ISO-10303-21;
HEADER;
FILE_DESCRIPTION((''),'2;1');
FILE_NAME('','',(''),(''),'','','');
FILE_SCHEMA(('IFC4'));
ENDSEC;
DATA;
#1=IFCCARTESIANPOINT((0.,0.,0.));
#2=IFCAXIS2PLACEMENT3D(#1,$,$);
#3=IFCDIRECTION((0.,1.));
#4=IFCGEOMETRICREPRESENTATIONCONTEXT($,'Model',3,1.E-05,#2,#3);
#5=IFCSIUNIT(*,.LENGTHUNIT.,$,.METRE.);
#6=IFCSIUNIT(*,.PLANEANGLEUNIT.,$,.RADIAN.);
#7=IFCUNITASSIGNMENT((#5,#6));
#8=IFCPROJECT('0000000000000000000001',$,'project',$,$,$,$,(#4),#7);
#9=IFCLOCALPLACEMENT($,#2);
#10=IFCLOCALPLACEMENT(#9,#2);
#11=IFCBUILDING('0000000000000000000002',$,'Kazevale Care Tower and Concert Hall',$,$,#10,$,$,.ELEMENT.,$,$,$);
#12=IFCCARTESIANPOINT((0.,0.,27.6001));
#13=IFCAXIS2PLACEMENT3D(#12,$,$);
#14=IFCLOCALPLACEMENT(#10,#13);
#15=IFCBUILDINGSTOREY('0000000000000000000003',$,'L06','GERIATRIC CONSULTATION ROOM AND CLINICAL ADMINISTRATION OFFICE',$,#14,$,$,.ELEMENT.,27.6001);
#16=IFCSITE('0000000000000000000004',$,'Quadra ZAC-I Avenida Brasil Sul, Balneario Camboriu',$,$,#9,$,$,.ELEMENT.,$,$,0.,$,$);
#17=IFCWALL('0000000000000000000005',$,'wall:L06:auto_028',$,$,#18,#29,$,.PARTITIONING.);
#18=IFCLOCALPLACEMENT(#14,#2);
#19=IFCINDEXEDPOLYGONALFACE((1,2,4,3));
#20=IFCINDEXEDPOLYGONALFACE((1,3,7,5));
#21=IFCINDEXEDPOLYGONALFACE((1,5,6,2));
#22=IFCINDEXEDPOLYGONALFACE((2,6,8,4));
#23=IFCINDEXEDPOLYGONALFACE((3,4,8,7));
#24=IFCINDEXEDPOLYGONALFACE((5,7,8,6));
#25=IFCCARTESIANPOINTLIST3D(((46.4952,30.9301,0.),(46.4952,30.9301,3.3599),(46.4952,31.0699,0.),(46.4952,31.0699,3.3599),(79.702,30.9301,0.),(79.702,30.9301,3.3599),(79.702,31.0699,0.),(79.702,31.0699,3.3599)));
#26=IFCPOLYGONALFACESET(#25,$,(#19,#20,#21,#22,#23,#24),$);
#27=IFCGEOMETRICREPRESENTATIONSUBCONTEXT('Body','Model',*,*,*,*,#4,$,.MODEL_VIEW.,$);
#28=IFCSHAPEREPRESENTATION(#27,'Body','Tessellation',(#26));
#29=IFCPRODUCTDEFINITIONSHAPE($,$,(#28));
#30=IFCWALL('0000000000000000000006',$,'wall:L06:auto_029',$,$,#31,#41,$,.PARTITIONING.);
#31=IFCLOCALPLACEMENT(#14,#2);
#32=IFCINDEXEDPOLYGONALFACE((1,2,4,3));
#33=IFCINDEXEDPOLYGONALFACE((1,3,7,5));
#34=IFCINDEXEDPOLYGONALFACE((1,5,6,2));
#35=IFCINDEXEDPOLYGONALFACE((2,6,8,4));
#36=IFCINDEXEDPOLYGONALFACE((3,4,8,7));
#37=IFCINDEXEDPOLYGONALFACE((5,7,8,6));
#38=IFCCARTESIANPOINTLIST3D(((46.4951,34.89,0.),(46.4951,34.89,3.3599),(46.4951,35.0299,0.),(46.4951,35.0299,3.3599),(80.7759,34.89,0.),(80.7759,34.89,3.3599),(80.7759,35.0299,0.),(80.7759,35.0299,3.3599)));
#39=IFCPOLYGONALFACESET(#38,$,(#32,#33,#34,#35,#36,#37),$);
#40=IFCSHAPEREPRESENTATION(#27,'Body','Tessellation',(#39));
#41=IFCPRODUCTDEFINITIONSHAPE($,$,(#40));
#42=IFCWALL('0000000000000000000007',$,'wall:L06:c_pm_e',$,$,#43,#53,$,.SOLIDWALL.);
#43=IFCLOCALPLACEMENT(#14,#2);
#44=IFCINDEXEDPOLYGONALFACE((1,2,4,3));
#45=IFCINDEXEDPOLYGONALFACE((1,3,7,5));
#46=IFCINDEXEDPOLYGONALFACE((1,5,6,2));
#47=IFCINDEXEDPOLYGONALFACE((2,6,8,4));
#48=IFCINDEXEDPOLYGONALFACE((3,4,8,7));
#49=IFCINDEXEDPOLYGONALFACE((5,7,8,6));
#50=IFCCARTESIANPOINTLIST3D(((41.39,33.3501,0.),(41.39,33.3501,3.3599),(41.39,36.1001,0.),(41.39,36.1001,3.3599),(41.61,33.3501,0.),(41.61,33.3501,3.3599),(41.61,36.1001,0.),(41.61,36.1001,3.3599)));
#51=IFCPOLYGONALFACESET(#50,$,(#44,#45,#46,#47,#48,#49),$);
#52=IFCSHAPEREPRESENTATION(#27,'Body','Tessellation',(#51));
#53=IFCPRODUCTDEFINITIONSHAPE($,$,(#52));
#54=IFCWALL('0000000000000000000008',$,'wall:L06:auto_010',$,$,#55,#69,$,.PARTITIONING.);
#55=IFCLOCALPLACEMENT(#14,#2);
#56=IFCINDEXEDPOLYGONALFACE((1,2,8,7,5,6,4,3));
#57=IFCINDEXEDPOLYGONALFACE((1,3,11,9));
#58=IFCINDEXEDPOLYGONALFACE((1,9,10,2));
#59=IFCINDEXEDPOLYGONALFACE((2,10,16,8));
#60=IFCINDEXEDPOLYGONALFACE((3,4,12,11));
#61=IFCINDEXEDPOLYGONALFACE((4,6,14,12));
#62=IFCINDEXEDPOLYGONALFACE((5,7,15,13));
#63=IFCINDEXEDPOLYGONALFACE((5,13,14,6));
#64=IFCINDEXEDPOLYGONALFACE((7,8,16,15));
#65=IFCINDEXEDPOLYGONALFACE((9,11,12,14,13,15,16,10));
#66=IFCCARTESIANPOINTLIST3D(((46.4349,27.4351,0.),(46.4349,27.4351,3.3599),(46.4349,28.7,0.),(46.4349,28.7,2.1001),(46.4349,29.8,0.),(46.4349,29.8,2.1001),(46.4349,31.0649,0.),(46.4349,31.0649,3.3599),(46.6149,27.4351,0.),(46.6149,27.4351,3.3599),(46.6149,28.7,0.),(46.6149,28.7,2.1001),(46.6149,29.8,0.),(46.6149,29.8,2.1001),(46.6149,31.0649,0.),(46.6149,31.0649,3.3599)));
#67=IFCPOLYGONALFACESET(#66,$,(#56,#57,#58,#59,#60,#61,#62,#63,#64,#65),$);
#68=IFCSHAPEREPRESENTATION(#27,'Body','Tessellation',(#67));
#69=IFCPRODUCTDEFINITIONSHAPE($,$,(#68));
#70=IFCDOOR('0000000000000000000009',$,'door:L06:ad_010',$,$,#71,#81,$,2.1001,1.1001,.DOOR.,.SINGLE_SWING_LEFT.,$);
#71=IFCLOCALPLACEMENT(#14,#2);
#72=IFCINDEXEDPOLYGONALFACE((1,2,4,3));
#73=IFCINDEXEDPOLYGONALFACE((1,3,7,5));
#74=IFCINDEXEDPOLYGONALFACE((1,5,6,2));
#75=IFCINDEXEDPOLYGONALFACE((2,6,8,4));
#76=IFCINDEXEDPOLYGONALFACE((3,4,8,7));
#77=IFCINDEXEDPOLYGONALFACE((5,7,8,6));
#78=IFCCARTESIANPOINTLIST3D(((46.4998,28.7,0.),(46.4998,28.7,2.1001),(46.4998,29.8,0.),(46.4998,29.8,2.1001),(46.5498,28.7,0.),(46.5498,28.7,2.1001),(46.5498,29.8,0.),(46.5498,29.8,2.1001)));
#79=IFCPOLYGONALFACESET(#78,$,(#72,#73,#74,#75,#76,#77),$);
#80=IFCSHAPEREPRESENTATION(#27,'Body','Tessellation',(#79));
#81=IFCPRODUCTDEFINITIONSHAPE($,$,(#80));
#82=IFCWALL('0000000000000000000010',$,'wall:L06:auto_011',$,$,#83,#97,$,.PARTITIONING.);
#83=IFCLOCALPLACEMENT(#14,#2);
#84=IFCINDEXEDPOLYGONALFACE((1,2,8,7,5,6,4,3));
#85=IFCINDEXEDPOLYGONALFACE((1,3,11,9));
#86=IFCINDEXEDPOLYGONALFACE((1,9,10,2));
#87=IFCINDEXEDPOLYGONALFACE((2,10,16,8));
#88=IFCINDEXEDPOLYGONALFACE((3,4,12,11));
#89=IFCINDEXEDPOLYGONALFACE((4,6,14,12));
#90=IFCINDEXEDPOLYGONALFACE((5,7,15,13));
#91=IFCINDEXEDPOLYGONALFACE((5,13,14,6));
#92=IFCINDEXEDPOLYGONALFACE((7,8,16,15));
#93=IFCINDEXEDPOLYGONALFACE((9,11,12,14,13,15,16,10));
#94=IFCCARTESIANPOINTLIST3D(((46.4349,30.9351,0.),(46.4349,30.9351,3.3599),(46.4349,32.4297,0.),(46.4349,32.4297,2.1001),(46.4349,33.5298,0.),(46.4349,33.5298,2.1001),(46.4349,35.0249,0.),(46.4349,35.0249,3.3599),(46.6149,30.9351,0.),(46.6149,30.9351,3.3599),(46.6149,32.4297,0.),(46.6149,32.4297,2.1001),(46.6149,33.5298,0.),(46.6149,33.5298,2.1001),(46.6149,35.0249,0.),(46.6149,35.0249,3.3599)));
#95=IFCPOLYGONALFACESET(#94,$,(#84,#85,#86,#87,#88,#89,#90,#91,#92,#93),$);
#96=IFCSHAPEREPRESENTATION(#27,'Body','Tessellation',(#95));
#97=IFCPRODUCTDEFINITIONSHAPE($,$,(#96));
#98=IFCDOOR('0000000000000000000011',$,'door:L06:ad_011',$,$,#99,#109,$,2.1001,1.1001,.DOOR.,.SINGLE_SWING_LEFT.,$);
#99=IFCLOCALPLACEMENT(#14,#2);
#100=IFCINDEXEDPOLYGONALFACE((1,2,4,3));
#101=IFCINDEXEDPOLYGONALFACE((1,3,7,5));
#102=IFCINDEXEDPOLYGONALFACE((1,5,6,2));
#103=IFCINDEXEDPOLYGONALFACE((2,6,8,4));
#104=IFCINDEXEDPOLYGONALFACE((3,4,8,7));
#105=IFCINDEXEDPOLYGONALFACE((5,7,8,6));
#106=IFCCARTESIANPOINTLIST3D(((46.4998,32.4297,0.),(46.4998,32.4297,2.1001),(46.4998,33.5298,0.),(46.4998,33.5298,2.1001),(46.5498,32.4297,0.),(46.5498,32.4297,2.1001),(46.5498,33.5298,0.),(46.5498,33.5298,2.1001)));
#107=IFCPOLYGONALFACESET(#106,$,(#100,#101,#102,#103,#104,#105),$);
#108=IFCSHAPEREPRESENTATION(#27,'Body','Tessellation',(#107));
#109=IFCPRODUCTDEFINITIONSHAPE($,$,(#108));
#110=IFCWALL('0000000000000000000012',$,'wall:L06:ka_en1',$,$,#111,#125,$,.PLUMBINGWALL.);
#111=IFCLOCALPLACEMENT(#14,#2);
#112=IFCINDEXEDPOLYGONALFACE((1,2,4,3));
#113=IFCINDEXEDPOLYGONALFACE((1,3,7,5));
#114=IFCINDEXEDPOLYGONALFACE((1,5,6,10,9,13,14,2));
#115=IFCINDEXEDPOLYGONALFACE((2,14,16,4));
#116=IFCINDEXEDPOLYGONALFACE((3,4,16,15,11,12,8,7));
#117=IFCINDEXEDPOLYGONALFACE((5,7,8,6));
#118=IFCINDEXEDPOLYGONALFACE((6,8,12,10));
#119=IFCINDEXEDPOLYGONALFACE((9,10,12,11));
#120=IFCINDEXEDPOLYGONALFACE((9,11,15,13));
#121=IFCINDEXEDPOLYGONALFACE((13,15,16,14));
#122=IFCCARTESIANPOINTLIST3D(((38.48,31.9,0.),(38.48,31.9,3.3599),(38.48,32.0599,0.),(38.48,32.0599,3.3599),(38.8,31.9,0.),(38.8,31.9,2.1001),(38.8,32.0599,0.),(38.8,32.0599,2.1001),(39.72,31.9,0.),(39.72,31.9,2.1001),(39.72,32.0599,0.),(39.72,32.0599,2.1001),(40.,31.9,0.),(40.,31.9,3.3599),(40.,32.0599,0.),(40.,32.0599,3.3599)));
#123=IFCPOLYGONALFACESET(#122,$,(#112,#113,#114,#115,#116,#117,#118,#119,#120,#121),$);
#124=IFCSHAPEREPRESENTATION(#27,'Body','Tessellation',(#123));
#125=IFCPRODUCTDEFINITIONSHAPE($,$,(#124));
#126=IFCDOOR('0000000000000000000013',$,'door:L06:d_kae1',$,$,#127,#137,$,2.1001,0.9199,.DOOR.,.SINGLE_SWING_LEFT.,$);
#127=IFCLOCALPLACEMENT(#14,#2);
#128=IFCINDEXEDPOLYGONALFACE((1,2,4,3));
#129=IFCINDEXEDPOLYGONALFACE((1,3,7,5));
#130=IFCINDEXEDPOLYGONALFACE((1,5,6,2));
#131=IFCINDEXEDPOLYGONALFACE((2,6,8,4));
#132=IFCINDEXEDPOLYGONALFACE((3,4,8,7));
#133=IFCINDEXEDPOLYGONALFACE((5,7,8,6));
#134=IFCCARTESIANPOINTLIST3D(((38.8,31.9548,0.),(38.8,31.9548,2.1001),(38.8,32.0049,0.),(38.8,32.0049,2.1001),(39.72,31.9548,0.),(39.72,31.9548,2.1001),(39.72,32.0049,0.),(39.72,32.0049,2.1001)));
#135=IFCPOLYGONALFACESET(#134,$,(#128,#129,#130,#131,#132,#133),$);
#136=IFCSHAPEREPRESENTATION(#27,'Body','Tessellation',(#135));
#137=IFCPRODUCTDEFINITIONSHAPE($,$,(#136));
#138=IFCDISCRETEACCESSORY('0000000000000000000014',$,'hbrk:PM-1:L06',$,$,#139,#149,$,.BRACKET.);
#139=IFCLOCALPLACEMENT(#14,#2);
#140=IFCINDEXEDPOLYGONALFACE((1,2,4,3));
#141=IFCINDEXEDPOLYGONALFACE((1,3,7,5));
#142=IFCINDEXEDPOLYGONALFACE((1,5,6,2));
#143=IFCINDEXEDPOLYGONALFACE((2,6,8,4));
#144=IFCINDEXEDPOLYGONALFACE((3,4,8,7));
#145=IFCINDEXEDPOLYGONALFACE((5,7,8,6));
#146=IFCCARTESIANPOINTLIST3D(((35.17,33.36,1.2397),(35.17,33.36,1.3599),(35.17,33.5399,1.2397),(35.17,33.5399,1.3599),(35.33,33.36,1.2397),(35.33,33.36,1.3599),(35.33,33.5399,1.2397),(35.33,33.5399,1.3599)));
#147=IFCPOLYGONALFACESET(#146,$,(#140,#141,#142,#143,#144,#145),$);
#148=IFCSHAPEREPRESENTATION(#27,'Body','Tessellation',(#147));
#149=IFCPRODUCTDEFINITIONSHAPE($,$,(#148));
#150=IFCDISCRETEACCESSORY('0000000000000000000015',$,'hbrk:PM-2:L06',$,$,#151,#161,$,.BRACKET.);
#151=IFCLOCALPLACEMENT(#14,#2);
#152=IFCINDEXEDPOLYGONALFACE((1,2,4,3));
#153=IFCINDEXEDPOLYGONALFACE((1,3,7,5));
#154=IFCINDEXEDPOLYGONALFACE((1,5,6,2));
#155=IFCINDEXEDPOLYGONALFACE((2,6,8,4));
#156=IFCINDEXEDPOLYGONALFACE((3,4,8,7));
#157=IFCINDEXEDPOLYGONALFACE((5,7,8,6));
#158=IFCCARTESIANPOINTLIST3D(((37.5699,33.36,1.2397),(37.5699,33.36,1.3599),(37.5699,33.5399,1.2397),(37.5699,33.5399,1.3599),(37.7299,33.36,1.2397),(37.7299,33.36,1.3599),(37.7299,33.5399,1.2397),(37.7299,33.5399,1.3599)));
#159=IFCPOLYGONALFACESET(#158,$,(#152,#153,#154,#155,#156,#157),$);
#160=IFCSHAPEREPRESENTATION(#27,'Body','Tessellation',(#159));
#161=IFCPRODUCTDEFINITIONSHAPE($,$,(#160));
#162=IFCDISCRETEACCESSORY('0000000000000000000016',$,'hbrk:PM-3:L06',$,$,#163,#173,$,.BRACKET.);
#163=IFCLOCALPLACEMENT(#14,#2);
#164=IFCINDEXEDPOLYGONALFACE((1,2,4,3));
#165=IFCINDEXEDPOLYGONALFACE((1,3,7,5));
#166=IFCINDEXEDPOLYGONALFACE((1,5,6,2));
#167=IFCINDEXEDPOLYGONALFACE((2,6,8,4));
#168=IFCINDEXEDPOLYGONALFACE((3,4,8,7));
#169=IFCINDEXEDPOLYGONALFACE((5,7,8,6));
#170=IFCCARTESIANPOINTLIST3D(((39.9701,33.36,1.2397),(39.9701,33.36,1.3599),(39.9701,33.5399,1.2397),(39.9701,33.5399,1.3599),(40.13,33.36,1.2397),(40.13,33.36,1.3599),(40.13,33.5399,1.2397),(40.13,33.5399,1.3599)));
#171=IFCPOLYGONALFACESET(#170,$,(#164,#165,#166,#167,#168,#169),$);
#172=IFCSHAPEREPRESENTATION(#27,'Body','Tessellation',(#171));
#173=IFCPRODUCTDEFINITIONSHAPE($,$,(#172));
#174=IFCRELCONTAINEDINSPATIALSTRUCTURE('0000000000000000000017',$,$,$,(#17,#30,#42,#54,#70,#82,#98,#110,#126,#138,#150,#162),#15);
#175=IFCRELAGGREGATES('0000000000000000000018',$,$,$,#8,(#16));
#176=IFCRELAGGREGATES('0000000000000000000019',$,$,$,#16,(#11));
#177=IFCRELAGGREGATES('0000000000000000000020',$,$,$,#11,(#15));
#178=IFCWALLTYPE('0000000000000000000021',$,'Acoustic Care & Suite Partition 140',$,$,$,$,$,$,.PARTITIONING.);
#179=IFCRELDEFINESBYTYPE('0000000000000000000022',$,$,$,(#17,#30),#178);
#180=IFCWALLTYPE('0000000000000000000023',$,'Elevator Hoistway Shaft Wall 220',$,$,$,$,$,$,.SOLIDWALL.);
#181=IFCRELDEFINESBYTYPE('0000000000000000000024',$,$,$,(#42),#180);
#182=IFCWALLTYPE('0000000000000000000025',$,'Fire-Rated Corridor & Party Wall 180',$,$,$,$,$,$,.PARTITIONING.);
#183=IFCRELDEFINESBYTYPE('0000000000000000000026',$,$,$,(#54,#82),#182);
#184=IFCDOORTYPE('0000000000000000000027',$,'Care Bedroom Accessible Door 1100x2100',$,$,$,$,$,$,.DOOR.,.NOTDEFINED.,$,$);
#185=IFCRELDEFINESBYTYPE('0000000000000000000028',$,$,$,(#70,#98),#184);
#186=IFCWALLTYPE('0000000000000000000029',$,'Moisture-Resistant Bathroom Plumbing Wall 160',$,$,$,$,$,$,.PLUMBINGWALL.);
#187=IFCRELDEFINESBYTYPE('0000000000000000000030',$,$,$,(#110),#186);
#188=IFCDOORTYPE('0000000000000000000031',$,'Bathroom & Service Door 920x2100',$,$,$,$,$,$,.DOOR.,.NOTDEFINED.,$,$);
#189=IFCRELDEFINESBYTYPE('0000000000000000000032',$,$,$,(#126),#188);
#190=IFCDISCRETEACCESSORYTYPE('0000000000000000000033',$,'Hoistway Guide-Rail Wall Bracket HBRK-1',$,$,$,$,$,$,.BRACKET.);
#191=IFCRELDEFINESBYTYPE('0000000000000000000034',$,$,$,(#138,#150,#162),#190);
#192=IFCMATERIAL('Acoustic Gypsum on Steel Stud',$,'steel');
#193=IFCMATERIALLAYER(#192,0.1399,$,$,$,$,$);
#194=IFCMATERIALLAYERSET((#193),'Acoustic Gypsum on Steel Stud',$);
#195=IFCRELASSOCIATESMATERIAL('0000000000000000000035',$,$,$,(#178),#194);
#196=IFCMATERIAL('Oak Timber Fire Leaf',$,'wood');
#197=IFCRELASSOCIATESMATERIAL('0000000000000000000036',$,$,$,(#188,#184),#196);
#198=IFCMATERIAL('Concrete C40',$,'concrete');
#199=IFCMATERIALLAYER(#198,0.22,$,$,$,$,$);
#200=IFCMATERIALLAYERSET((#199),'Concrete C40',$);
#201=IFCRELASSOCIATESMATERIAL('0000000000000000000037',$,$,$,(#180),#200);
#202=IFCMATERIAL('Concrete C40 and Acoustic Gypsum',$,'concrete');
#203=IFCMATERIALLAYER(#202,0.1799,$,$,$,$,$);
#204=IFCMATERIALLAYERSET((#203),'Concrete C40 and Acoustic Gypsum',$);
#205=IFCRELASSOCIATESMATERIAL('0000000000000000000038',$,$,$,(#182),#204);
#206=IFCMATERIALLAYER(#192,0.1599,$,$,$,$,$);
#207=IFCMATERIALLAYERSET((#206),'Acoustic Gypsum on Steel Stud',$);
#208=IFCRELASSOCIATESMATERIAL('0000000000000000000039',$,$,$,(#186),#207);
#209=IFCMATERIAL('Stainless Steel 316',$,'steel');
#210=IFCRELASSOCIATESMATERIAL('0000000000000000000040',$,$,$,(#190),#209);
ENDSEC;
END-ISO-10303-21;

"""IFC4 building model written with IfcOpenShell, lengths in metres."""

from ifc_helpers import new_model, si_unit, direction, frame, frame_2d, origin, origin_2d, place, context, subcontext, project, spatial, rectangle, extrude, material, layer, layer_set, type_object, element, fill, save


model = new_model("IFC4")

# Units and contexts
model_context = context("Model", 3, precision=1e-05, world=origin(), true_north=direction((0.0, 1.0)))
body_context = subcontext(model_context, "Body", "Model", "MODEL_VIEW")
ifc_project = project(units=[si_unit("LENGTHUNIT", "METRE"), si_unit("PLANEANGLEUNIT", "RADIAN")], contexts=[model_context])

# Site, building, storey
site_placement = place(None, origin())
site = spatial("IfcSite", under=ifc_project, at=site_placement, Name="Quadra ZAC-I Avenida Brasil Sul, Balneario Camboriu", CompositionType="ELEMENT", RefElevation=0.0)
building_placement = place(site_placement, origin())
building = spatial("IfcBuilding", under=site, at=building_placement, Name="Kazevale Care Tower and Concert Hall", CompositionType="ELEMENT")
storey_placement = place(building_placement, frame((0.0, 0.0, 27.6001)))
storey = spatial("IfcBuildingStorey", under=building, at=storey_placement, Name="L06", Description="GERIATRIC CONSULTATION ROOM AND CLINICAL ADMINISTRATION OFFICE", CompositionType="ELEMENT", Elevation=27.6001)

# Shared definitions
ifc_material_1 = material(Name="Acoustic Gypsum on Steel Stud", Category="steel")
ifc_layer_1 = layer(ifc_material_1, 0.1399)
ifc_layer_set_1 = layer_set([ifc_layer_1], Name="Acoustic Gypsum on Steel Stud")
wall_type_1 = type_object("IfcWallType", Name="Acoustic Care & Suite Partition 140", PredefinedType="PARTITIONING", material=ifc_layer_set_1)
ifc_material_2 = material(Name="Oak Timber Fire Leaf", Category="wood")
door_type_1 = type_object("IfcDoorType", Name="Bathroom & Service Door 920x2100", OperationType="NOTDEFINED", PredefinedType="DOOR", material=ifc_material_2)

# Walls
wall_1_placement = place(storey_placement, frame((46.4951, 31.0, 0.0), z_axis=(0.0, 0.0, 1.0), x_axis=(1.0, 0.0, 0.0)))
element("IfcWall", 1, at=wall_1_placement, inside=storey, type_object=wall_type_1, Name="wall:L06:auto_028", PredefinedType="PARTITIONING", context=body_context, shape_type="SweptSolid", body=[
    extrude(rectangle(XDim=33.2068, YDim=0.1399, at=frame_2d((16.6035, 0.0))), origin(), (0.0, 0.0, 1.0), 3.3599),
])
wall_2_placement = place(storey_placement, frame((46.4951, 34.96, 0.0), z_axis=(0.0, 0.0, 1.0), x_axis=(1.0, 0.0, 0.0)))
element("IfcWall", 2, at=wall_2_placement, inside=storey, type_object=wall_type_1, Name="wall:L06:auto_029", PredefinedType="PARTITIONING", context=body_context, shape_type="SweptSolid", body=[
    extrude(rectangle(XDim=34.2808, YDim=0.1399, at=frame_2d((17.1404, 0.0))), origin(), (0.0, 0.0, 1.0), 3.3599),
])
ifc_material_3 = material(Name="Concrete C40", Category="concrete")
ifc_layer_2 = layer(ifc_material_3, 0.22)
ifc_layer_set_2 = layer_set([ifc_layer_2], Name="Concrete C40")
wall_type_2 = type_object("IfcWallType", Name="Elevator Hoistway Shaft Wall 220", PredefinedType="SOLIDWALL", material=ifc_layer_set_2)
wall_3_placement = place(storey_placement, frame((41.5, 33.3501, 0.0), z_axis=(0.0, 0.0, 1.0), x_axis=(0.0, 1.0, 0.0)))
element("IfcWall", 3, at=wall_3_placement, inside=storey, type_object=wall_type_2, Name="wall:L06:c_pm_e", PredefinedType="SOLIDWALL", context=body_context, shape_type="SweptSolid", body=[
    extrude(rectangle(XDim=2.75, YDim=0.22, at=frame_2d((1.375, 0.0))), origin(), (0.0, 0.0, 1.0), 3.3599),
])

# Walls, openings, doors
ifc_material_4 = material(Name="Concrete C40 and Acoustic Gypsum", Category="concrete")
ifc_layer_3 = layer(ifc_material_4, 0.1799)
ifc_layer_set_3 = layer_set([ifc_layer_3], Name="Concrete C40 and Acoustic Gypsum")
wall_type_3 = type_object("IfcWallType", Name="Fire-Rated Corridor & Party Wall 180", PredefinedType="PARTITIONING", material=ifc_layer_set_3)
wall_4_placement = place(storey_placement, frame((46.5249, 31.0649, 0.0), z_axis=(0.0, 0.0, 1.0), x_axis=(0.0, -1.0, 0.0)))
wall_4 = element("IfcWall", 4, at=wall_4_placement, inside=storey, type_object=wall_type_3, Name="wall:L06:auto_010", PredefinedType="PARTITIONING", context=body_context, shape_type="SweptSolid", body=[
    extrude(rectangle(XDim=3.6299, YDim=0.1799, at=frame_2d((1.8149, 0.0))), origin(), (0.0, 0.0, 1.0), 3.3599),
])
opening_1_placement = place(wall_4_placement, frame((1.2649, 0.0, 0.0)))
opening_1 = element("IfcOpeningElement", 5, at=opening_1_placement, cuts=wall_4, PredefinedType="OPENING", context=body_context, shape_type="SweptSolid", body=[
    extrude(rectangle(XDim=1.1001, YDim=2.1001, at=frame_2d((0.55, 1.05))), frame((0.0, 0.0999, 0.0), z_axis=(0.0, -1.0, 0.0), x_axis=(1.0, 0.0, 0.0)), (0.0, 0.0, 1.0), 0.2),
])
door_type_2 = type_object("IfcDoorType", Name="Care Bedroom Accessible Door 1100x2100", OperationType="NOTDEFINED", PredefinedType="DOOR", material=ifc_material_2)
door_1_placement = place(opening_1_placement, origin())
door_1 = element("IfcDoor", 6, at=door_1_placement, inside=storey, type_object=door_type_2, Name="door:L06:ad_010", OperationType="SINGLE_SWING_LEFT", OverallHeight=2.1001, OverallWidth=1.1001, PredefinedType="DOOR", context=body_context, shape_type="SweptSolid", body=[
    extrude(rectangle(XDim=1.1001, YDim=2.1001, at=frame_2d((0.55, 1.05))), frame((0.0, 0.0249, 0.0), z_axis=(0.0, -1.0, 0.0), x_axis=(1.0, 0.0, 0.0)), (0.0, 0.0, 1.0), 0.05),
])
fill(opening_1, door_1)
wall_5_placement = place(storey_placement, frame((46.5249, 35.0249, 0.0), z_axis=(0.0, 0.0, 1.0), x_axis=(0.0, -1.0, 0.0)))
wall_5 = element("IfcWall", 7, at=wall_5_placement, inside=storey, type_object=wall_type_3, Name="wall:L06:auto_011", PredefinedType="PARTITIONING", context=body_context, shape_type="SweptSolid", body=[
    extrude(rectangle(XDim=4.0898, YDim=0.1799, at=frame_2d((2.0449, 0.0))), origin(), (0.0, 0.0, 1.0), 3.3599),
])
opening_2_placement = place(wall_5_placement, frame((1.4951, 0.0, 0.0)))
opening_2 = element("IfcOpeningElement", 8, at=opening_2_placement, cuts=wall_5, PredefinedType="OPENING", context=body_context, shape_type="SweptSolid", body=[
    extrude(rectangle(XDim=1.1001, YDim=2.1001, at=frame_2d((0.55, 1.05))), frame((0.0, 0.0999, 0.0), z_axis=(0.0, -1.0, 0.0), x_axis=(1.0, 0.0, 0.0)), (0.0, 0.0, 1.0), 0.2),
])
door_2_placement = place(opening_2_placement, origin())
door_2 = element("IfcDoor", 9, at=door_2_placement, inside=storey, type_object=door_type_2, Name="door:L06:ad_011", OperationType="SINGLE_SWING_LEFT", OverallHeight=2.1001, OverallWidth=1.1001, PredefinedType="DOOR", context=body_context, shape_type="SweptSolid", body=[
    extrude(rectangle(XDim=1.1001, YDim=2.1001, at=frame_2d((0.55, 1.05))), frame((0.0, 0.0249, 0.0), z_axis=(0.0, -1.0, 0.0), x_axis=(1.0, 0.0, 0.0)), (0.0, 0.0, 1.0), 0.05),
])
fill(opening_2, door_2)
ifc_layer_4 = layer(ifc_material_1, 0.1599)
ifc_layer_set_4 = layer_set([ifc_layer_4], Name="Acoustic Gypsum on Steel Stud")
wall_type_4 = type_object("IfcWallType", Name="Moisture-Resistant Bathroom Plumbing Wall 160", PredefinedType="PLUMBINGWALL", material=ifc_layer_set_4)
wall_6_placement = place(storey_placement, frame((38.48, 31.98, 0.0), z_axis=(0.0, 0.0, 1.0), x_axis=(1.0, 0.0, 0.0)))
wall_6 = element("IfcWall", 10, at=wall_6_placement, inside=storey, type_object=wall_type_4, Name="wall:L06:ka_en1", PredefinedType="PLUMBINGWALL", context=body_context, shape_type="SweptSolid", body=[
    extrude(rectangle(XDim=1.52, YDim=0.1599, at=frame_2d((0.76, 0.0))), origin(), (0.0, 0.0, 1.0), 3.3599),
])
opening_3_placement = place(wall_6_placement, frame((0.3201, 0.0, 0.0)))
opening_3 = element("IfcOpeningElement", 11, at=opening_3_placement, cuts=wall_6, PredefinedType="OPENING", context=body_context, shape_type="SweptSolid", body=[
    extrude(rectangle(XDim=0.9199, YDim=2.1001, at=frame_2d((0.46, 1.05))), frame((0.0, 0.0898, 0.0), z_axis=(0.0, -1.0, 0.0), x_axis=(1.0, 0.0, 0.0)), (0.0, 0.0, 1.0), 0.1799),
])
door_3_placement = place(opening_3_placement, origin())
door_3 = element("IfcDoor", 12, at=door_3_placement, inside=storey, type_object=door_type_1, Name="door:L06:d_kae1", OperationType="SINGLE_SWING_LEFT", OverallHeight=2.1001, OverallWidth=0.9199, PredefinedType="DOOR", context=body_context, shape_type="SweptSolid", body=[
    extrude(rectangle(XDim=0.9199, YDim=2.1001, at=frame_2d((0.46, 1.05))), frame((0.0, 0.0249, 0.0), z_axis=(0.0, -1.0, 0.0), x_axis=(1.0, 0.0, 0.0)), (0.0, 0.0, 1.0), 0.05),
])
fill(opening_3, door_3)

# Discrete accessories
ifc_material_5 = material(Name="Stainless Steel 316", Category="steel")
discrete_accessory_type = type_object("IfcDiscreteAccessoryType", Name="Hoistway Guide-Rail Wall Bracket HBRK-1", PredefinedType="BRACKET", material=ifc_material_5)
for number, where, z_axis, x_axis, name in (
    (13, (35.25, 33.45, 1.2397), (0.0, 0.0, 1.0), (1.0, 0.0, 0.0), "hbrk:PM-1:L06"),
    (14, (37.6499, 33.45, 1.2397), (0.0, 0.0, 1.0), (1.0, 0.0, 0.0), "hbrk:PM-2:L06"),
    (15, (40.05, 33.45, 1.2397), (0.0, 0.0, 1.0), (1.0, 0.0, 0.0), "hbrk:PM-3:L06"),
):
    element("IfcDiscreteAccessory", number, at=place(storey_placement, frame(where, z_axis=z_axis, x_axis=x_axis)), inside=storey, type_object=discrete_accessory_type, Name=name, PredefinedType="BRACKET", context=body_context, shape_type="SweptSolid", body=[
        extrude(rectangle(XDim=0.1599, YDim=0.1799, at=origin_2d()), origin(), (0.0, 0.0, 1.0), 0.1201),
    ])

save(model, "model.ifc")
